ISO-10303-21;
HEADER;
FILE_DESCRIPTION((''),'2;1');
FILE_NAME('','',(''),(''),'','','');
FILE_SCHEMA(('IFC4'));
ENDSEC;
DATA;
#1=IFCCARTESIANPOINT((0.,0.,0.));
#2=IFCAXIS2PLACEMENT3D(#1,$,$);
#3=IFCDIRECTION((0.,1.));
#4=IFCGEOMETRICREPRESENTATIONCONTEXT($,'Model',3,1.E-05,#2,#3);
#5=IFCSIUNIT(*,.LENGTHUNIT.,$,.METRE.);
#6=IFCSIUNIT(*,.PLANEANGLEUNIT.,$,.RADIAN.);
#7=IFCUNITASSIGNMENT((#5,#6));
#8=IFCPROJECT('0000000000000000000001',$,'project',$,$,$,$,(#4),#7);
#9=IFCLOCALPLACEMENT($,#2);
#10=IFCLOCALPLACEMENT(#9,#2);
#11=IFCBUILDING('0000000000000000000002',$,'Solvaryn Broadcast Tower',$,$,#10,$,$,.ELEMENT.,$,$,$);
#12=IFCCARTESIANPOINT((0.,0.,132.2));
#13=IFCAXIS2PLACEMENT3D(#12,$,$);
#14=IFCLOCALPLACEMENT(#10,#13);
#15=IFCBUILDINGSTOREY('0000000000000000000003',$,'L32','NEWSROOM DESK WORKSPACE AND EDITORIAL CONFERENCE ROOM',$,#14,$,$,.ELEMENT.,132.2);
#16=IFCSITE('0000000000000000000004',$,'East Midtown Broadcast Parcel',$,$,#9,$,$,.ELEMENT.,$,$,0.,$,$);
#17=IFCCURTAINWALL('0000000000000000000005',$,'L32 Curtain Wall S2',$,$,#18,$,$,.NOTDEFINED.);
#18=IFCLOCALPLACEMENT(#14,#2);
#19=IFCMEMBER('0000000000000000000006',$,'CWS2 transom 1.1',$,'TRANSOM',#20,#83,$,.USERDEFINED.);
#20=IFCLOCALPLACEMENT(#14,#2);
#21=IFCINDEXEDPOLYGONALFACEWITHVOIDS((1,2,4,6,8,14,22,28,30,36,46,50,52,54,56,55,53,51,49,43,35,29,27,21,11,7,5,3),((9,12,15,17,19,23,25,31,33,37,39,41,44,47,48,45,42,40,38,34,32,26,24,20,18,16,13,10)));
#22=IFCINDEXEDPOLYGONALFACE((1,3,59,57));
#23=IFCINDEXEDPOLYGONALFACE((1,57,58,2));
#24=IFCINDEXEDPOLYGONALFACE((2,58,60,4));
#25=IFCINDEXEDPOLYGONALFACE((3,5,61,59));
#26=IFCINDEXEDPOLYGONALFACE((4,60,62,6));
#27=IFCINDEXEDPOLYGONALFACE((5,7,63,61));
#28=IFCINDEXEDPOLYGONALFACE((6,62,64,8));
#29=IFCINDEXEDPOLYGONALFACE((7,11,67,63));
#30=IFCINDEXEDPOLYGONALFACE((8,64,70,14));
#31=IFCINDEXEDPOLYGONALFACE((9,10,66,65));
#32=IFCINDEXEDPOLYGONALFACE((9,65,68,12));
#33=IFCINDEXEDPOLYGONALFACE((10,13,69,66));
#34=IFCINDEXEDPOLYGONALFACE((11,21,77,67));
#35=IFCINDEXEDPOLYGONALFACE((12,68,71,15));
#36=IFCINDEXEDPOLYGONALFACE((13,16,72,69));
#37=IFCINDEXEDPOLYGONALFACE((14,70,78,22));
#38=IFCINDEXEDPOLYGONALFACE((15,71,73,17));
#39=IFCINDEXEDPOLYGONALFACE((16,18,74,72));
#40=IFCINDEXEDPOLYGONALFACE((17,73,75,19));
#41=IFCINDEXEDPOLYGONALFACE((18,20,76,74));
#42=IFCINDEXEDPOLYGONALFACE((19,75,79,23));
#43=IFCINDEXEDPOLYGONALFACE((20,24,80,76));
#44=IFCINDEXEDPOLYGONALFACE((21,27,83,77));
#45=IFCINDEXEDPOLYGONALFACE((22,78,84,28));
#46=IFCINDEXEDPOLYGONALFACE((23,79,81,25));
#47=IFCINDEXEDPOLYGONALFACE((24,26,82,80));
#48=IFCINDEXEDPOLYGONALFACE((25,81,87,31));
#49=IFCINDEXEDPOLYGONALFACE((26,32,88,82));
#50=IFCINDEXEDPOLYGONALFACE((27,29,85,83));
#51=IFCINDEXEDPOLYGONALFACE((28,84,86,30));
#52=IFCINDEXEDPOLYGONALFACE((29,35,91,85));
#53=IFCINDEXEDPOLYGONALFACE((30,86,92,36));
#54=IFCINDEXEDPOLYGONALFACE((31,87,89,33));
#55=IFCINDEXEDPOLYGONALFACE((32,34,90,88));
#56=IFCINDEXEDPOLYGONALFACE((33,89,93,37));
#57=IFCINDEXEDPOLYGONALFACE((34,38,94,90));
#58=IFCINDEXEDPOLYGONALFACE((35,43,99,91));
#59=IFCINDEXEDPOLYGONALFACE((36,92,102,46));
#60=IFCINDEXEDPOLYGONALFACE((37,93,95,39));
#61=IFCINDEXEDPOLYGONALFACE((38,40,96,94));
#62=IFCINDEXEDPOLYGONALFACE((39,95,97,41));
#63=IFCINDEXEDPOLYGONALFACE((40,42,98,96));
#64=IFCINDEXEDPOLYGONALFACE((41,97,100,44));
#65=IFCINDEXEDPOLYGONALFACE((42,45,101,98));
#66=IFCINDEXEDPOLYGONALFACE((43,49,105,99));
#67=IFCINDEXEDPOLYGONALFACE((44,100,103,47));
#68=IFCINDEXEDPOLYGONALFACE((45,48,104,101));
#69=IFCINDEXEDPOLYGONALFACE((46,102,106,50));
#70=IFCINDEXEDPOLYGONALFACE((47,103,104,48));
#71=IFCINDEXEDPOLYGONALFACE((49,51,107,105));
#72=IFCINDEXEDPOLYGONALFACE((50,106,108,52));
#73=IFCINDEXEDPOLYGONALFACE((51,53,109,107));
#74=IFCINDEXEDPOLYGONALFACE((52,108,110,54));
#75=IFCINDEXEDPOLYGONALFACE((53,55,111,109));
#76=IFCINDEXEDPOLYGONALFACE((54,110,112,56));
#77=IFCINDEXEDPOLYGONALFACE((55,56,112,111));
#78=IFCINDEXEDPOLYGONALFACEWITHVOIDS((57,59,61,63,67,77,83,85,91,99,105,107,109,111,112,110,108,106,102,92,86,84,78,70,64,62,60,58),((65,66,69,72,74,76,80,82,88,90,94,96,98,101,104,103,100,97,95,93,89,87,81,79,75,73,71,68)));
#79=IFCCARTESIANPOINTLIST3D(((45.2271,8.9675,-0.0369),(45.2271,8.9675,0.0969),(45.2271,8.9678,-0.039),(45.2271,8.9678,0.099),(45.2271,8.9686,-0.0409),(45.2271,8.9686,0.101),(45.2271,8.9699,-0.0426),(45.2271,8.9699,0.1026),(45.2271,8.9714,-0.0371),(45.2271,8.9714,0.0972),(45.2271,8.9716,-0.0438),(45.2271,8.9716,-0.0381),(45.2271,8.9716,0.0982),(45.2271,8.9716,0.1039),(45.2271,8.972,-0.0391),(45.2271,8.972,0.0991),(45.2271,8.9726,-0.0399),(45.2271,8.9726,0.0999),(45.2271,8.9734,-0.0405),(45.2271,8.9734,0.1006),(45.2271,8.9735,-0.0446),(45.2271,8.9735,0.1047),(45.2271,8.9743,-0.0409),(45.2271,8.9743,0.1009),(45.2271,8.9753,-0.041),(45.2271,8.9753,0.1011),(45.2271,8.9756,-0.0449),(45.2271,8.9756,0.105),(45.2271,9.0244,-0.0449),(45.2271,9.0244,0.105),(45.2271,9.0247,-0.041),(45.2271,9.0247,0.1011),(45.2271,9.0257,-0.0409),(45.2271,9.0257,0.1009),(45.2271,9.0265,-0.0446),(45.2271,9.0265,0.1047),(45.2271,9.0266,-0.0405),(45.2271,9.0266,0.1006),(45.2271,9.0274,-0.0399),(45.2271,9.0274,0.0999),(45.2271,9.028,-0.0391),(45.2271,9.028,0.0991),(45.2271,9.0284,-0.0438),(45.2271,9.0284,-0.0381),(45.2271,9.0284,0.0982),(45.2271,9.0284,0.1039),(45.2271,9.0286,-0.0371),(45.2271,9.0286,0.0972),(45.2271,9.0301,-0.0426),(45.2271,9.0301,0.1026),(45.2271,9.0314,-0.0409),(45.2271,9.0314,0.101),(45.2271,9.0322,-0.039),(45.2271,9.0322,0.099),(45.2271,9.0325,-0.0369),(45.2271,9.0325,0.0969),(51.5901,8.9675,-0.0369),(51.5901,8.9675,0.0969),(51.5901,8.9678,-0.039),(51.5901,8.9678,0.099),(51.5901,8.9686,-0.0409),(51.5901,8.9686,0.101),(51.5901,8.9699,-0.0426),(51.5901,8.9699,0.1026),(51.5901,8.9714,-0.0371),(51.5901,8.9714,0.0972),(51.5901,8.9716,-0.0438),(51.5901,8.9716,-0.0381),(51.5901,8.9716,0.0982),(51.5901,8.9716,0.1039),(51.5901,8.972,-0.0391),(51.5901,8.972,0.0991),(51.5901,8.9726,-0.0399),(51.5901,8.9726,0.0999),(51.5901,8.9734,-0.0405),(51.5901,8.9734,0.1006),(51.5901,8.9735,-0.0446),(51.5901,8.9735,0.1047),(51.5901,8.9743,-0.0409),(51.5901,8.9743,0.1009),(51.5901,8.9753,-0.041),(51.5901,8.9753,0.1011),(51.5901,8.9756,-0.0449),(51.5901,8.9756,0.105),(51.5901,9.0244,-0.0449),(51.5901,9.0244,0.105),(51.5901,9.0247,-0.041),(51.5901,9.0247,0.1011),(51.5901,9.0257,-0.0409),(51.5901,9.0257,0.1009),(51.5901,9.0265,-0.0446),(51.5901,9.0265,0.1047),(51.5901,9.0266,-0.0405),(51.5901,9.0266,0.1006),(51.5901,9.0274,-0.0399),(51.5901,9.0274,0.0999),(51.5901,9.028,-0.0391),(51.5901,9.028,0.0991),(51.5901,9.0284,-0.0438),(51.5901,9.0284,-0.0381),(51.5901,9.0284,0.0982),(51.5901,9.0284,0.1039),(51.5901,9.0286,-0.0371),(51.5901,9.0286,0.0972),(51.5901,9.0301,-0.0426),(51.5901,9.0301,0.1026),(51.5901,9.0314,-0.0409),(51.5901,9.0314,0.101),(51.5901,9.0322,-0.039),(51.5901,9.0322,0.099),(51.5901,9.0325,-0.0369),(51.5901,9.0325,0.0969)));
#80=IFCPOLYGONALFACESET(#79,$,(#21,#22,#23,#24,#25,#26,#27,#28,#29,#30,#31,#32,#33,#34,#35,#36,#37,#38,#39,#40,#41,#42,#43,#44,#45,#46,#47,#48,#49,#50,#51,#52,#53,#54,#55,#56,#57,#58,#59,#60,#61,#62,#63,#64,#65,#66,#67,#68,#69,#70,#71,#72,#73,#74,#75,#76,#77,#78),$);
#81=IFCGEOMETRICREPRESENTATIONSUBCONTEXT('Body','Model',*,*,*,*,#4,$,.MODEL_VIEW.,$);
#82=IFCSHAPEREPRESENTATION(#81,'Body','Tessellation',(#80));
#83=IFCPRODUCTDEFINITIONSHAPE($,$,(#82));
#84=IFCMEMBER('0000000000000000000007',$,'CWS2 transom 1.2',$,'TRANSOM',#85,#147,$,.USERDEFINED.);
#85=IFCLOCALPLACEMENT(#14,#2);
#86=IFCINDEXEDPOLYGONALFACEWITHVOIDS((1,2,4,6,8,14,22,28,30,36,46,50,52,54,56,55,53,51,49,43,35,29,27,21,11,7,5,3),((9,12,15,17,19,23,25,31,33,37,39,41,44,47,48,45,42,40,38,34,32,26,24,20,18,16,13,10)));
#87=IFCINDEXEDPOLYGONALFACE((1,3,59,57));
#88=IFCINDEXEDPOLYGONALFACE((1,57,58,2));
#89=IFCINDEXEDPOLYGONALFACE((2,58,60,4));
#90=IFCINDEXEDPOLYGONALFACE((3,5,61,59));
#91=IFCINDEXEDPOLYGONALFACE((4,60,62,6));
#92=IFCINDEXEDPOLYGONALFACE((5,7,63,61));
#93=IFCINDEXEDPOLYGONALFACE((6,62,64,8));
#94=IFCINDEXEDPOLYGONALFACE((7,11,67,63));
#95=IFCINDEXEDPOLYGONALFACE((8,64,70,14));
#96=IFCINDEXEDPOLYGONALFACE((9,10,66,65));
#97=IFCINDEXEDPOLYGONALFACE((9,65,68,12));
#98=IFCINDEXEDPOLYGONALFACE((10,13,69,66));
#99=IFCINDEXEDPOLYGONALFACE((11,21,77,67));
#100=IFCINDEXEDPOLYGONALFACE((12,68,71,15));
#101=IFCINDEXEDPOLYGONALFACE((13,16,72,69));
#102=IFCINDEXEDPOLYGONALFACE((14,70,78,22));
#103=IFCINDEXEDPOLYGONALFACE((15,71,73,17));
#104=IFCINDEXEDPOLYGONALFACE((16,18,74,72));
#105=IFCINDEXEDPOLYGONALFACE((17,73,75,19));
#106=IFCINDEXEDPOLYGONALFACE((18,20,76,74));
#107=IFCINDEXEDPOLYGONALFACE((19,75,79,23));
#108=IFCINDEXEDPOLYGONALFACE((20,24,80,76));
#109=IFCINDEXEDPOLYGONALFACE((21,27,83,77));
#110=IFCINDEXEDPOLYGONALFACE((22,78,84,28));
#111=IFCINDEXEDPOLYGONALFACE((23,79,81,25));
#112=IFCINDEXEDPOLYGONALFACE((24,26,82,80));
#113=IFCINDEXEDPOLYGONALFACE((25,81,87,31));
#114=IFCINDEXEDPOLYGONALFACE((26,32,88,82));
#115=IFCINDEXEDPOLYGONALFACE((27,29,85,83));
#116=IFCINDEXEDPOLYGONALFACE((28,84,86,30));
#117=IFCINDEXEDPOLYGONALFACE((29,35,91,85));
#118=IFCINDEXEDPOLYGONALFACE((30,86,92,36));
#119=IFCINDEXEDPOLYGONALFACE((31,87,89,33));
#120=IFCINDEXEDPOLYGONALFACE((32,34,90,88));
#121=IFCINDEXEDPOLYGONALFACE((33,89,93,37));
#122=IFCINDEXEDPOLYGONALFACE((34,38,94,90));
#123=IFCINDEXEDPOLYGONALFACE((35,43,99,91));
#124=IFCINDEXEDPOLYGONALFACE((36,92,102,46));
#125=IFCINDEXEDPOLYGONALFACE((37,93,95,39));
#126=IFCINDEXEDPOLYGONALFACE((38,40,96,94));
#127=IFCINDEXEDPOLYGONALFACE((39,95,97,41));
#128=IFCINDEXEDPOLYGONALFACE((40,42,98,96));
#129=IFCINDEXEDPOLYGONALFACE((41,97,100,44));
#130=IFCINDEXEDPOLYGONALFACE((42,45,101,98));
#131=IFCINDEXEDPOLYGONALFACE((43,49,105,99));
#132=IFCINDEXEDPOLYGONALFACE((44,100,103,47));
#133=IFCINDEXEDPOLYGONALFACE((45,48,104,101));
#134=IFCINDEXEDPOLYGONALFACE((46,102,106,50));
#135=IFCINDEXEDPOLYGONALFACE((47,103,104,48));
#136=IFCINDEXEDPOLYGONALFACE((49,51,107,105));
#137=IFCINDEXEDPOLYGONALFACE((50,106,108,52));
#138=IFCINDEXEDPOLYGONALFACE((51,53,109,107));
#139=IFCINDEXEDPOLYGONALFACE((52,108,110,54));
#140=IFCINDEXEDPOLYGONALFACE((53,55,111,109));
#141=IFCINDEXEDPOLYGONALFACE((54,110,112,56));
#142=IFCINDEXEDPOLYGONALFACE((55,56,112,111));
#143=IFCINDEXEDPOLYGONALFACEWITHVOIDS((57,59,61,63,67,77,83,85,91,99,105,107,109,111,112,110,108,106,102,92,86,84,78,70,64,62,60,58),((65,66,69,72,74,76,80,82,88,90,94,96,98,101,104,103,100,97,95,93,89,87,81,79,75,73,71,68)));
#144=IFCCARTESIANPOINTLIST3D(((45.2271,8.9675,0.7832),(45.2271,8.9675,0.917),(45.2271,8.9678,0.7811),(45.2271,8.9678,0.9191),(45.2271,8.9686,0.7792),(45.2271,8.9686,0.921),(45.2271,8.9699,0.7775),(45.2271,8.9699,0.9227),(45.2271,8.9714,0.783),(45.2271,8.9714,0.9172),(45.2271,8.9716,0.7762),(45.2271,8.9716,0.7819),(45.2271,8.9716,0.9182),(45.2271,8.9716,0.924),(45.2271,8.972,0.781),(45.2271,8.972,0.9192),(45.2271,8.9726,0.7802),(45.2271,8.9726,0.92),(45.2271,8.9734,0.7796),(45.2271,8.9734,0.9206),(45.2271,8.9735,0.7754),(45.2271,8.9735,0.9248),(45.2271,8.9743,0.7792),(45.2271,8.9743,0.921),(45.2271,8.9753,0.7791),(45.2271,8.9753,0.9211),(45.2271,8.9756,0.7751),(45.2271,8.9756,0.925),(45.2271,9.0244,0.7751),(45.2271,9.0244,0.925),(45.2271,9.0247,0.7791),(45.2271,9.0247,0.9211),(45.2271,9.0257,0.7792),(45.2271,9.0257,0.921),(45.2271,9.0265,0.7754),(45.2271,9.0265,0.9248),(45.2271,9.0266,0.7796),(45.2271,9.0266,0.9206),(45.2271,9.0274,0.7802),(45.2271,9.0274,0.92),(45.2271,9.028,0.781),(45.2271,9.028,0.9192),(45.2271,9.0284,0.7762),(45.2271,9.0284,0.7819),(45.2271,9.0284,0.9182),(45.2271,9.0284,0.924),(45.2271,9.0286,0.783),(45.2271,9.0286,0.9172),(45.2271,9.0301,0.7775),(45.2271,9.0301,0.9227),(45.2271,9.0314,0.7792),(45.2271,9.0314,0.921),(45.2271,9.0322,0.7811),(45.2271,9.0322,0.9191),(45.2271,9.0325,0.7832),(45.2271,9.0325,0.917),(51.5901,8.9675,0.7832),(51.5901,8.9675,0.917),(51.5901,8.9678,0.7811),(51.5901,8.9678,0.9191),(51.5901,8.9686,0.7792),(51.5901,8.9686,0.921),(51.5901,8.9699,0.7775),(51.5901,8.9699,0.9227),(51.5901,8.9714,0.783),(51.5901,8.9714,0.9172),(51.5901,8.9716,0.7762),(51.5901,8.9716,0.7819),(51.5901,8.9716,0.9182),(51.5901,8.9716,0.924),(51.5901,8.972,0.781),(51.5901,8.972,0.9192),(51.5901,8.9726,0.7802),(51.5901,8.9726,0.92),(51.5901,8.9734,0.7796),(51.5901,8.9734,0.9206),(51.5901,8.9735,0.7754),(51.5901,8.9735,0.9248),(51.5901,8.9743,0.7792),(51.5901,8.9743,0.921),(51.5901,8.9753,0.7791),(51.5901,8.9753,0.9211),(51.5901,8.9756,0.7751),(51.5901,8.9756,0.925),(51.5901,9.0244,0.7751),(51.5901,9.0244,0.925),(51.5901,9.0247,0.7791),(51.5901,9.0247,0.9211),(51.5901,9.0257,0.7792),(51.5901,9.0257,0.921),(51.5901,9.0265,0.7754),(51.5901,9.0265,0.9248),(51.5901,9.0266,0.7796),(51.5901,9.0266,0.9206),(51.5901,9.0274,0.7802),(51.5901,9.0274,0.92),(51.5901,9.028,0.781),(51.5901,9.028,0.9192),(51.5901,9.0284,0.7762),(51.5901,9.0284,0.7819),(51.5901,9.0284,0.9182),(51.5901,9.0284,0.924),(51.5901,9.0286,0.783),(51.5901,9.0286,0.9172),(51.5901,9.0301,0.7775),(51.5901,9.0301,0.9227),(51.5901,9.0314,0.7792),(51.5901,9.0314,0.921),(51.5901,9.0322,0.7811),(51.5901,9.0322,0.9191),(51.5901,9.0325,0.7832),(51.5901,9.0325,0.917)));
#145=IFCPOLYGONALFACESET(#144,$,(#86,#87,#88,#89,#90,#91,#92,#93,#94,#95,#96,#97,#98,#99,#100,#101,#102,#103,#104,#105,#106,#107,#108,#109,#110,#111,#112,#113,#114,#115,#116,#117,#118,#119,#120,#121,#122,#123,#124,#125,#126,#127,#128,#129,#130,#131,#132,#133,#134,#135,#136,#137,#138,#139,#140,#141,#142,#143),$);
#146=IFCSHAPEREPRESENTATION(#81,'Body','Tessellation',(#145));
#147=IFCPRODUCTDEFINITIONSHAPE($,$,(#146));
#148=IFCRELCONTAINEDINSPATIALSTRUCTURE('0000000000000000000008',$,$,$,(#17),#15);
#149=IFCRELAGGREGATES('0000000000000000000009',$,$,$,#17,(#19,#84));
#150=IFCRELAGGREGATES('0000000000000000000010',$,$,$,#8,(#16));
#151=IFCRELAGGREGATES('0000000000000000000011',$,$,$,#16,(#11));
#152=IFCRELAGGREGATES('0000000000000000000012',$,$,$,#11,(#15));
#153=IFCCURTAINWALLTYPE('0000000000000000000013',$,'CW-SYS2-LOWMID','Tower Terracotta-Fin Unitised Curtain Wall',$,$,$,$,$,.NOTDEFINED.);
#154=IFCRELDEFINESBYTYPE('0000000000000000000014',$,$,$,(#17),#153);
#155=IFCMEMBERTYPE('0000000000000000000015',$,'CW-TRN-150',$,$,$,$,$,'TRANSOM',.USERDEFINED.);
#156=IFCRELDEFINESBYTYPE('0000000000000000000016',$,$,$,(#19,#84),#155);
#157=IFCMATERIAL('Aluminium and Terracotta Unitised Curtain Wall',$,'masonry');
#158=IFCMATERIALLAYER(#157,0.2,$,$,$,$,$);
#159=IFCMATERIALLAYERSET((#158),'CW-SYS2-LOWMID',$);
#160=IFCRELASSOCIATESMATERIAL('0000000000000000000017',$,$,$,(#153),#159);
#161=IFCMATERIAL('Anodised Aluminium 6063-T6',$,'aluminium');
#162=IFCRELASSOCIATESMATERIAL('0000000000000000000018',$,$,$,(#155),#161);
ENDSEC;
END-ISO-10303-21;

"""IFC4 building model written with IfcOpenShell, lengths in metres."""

from ifc_helpers import new_model, si_unit, direction, frame, origin, origin_2d, place, context, subcontext, project, spatial, hollow_rectangle, extrude, material, layer, layer_set, material_profile, profile_set, type_object, element, aggregate, save


model = new_model("IFC4")

# Units and contexts
model_context = context("Model", 3, precision=1e-05, world=origin(), true_north=direction((0.0, 1.0)))
body_context = subcontext(model_context, "Body", "Model", "MODEL_VIEW")
ifc_project = project(units=[si_unit("LENGTHUNIT", "METRE"), si_unit("PLANEANGLEUNIT", "RADIAN")], contexts=[model_context])

# Site, building, storey
site_placement = place(None, origin())
site = spatial("IfcSite", under=ifc_project, at=site_placement, Name="East Midtown Broadcast Parcel", CompositionType="ELEMENT", RefElevation=0.0)
building_placement = place(site_placement, origin())
building = spatial("IfcBuilding", under=site, at=building_placement, Name="Solvaryn Broadcast Tower", CompositionType="ELEMENT")
storey_placement = place(building_placement, frame((0.0, 0.0, 132.2)))
storey = spatial("IfcBuildingStorey", under=building, at=storey_placement, Name="L32", Description="NEWSROOM DESK WORKSPACE AND EDITORIAL CONFERENCE ROOM", CompositionType="ELEMENT", Elevation=132.2)

# Shared definitions
ifc_material_1 = material(Name="Aluminium and Terracotta Unitised Curtain Wall", Category="masonry")
ifc_layer_1 = layer(ifc_material_1, 0.2)
ifc_layer_set_1 = layer_set([ifc_layer_1], Name="CW-SYS2-LOWMID")
curtain_wall_type = type_object("IfcCurtainWallType", Name="CW-SYS2-LOWMID", Description="Tower Terracotta-Fin Unitised Curtain Wall", PredefinedType="NOTDEFINED", material=ifc_layer_set_1)

# Curtain wall, members
curtain_wall_1_placement = place(storey_placement, origin())
curtain_wall_1 = element("IfcCurtainWall", 1, at=curtain_wall_1_placement, inside=storey, type_object=curtain_wall_type, Name="L32 Curtain Wall S2", PredefinedType="NOTDEFINED")
ifc_material_2 = material(Name="Anodised Aluminium 6063-T6", Category="aluminium")
ifc_material_profile_1 = material_profile(ifc_material_2, hollow_rectangle(XDim=0.0649, YDim=0.1499, WallThickness=0.0039, InnerFilletRadius=0.0039, OuterFilletRadius=0.0081, at=origin_2d()))
ifc_profile_set_1 = profile_set([ifc_material_profile_1], Name="Anodised Aluminium 6063-T6")
member_type_1 = type_object("IfcMemberType", Name="CW-TRN-150", ElementType="TRANSOM", PredefinedType="USERDEFINED", material=ifc_profile_set_1)
member_1_placement = place(storey_placement, frame((45.2271, 9.0, 0.03), z_axis=(1.0, 0.0, 0.0), x_axis=(0.0, 1.0, 0.0)))
member_1 = element("IfcMember", 2, at=member_1_placement, type_object=member_type_1, Name="CWS2 transom 1.1", ObjectType="TRANSOM", PredefinedType="USERDEFINED", context=body_context, shape_type="SweptSolid", body=[
    extrude(hollow_rectangle(XDim=0.0649, YDim=0.1499, WallThickness=0.0039, InnerFilletRadius=0.0039, OuterFilletRadius=0.0081, at=origin_2d()), origin(), (0.0, 0.0, 1.0), 6.363),
])
member_2_placement = place(storey_placement, frame((45.2271, 9.0, 0.8501), z_axis=(1.0, 0.0, 0.0), x_axis=(0.0, 1.0, 0.0)))
member_2 = element("IfcMember", 3, at=member_2_placement, type_object=member_type_1, Name="CWS2 transom 1.2", ObjectType="TRANSOM", PredefinedType="USERDEFINED", context=body_context, shape_type="SweptSolid", body=[
    extrude(hollow_rectangle(XDim=0.0649, YDim=0.1499, WallThickness=0.0039, InnerFilletRadius=0.0039, OuterFilletRadius=0.0081, at=origin_2d()), origin(), (0.0, 0.0, 1.0), 6.363),
])
aggregate(curtain_wall_1, [member_1, member_2])

save(model, "model.ifc")
